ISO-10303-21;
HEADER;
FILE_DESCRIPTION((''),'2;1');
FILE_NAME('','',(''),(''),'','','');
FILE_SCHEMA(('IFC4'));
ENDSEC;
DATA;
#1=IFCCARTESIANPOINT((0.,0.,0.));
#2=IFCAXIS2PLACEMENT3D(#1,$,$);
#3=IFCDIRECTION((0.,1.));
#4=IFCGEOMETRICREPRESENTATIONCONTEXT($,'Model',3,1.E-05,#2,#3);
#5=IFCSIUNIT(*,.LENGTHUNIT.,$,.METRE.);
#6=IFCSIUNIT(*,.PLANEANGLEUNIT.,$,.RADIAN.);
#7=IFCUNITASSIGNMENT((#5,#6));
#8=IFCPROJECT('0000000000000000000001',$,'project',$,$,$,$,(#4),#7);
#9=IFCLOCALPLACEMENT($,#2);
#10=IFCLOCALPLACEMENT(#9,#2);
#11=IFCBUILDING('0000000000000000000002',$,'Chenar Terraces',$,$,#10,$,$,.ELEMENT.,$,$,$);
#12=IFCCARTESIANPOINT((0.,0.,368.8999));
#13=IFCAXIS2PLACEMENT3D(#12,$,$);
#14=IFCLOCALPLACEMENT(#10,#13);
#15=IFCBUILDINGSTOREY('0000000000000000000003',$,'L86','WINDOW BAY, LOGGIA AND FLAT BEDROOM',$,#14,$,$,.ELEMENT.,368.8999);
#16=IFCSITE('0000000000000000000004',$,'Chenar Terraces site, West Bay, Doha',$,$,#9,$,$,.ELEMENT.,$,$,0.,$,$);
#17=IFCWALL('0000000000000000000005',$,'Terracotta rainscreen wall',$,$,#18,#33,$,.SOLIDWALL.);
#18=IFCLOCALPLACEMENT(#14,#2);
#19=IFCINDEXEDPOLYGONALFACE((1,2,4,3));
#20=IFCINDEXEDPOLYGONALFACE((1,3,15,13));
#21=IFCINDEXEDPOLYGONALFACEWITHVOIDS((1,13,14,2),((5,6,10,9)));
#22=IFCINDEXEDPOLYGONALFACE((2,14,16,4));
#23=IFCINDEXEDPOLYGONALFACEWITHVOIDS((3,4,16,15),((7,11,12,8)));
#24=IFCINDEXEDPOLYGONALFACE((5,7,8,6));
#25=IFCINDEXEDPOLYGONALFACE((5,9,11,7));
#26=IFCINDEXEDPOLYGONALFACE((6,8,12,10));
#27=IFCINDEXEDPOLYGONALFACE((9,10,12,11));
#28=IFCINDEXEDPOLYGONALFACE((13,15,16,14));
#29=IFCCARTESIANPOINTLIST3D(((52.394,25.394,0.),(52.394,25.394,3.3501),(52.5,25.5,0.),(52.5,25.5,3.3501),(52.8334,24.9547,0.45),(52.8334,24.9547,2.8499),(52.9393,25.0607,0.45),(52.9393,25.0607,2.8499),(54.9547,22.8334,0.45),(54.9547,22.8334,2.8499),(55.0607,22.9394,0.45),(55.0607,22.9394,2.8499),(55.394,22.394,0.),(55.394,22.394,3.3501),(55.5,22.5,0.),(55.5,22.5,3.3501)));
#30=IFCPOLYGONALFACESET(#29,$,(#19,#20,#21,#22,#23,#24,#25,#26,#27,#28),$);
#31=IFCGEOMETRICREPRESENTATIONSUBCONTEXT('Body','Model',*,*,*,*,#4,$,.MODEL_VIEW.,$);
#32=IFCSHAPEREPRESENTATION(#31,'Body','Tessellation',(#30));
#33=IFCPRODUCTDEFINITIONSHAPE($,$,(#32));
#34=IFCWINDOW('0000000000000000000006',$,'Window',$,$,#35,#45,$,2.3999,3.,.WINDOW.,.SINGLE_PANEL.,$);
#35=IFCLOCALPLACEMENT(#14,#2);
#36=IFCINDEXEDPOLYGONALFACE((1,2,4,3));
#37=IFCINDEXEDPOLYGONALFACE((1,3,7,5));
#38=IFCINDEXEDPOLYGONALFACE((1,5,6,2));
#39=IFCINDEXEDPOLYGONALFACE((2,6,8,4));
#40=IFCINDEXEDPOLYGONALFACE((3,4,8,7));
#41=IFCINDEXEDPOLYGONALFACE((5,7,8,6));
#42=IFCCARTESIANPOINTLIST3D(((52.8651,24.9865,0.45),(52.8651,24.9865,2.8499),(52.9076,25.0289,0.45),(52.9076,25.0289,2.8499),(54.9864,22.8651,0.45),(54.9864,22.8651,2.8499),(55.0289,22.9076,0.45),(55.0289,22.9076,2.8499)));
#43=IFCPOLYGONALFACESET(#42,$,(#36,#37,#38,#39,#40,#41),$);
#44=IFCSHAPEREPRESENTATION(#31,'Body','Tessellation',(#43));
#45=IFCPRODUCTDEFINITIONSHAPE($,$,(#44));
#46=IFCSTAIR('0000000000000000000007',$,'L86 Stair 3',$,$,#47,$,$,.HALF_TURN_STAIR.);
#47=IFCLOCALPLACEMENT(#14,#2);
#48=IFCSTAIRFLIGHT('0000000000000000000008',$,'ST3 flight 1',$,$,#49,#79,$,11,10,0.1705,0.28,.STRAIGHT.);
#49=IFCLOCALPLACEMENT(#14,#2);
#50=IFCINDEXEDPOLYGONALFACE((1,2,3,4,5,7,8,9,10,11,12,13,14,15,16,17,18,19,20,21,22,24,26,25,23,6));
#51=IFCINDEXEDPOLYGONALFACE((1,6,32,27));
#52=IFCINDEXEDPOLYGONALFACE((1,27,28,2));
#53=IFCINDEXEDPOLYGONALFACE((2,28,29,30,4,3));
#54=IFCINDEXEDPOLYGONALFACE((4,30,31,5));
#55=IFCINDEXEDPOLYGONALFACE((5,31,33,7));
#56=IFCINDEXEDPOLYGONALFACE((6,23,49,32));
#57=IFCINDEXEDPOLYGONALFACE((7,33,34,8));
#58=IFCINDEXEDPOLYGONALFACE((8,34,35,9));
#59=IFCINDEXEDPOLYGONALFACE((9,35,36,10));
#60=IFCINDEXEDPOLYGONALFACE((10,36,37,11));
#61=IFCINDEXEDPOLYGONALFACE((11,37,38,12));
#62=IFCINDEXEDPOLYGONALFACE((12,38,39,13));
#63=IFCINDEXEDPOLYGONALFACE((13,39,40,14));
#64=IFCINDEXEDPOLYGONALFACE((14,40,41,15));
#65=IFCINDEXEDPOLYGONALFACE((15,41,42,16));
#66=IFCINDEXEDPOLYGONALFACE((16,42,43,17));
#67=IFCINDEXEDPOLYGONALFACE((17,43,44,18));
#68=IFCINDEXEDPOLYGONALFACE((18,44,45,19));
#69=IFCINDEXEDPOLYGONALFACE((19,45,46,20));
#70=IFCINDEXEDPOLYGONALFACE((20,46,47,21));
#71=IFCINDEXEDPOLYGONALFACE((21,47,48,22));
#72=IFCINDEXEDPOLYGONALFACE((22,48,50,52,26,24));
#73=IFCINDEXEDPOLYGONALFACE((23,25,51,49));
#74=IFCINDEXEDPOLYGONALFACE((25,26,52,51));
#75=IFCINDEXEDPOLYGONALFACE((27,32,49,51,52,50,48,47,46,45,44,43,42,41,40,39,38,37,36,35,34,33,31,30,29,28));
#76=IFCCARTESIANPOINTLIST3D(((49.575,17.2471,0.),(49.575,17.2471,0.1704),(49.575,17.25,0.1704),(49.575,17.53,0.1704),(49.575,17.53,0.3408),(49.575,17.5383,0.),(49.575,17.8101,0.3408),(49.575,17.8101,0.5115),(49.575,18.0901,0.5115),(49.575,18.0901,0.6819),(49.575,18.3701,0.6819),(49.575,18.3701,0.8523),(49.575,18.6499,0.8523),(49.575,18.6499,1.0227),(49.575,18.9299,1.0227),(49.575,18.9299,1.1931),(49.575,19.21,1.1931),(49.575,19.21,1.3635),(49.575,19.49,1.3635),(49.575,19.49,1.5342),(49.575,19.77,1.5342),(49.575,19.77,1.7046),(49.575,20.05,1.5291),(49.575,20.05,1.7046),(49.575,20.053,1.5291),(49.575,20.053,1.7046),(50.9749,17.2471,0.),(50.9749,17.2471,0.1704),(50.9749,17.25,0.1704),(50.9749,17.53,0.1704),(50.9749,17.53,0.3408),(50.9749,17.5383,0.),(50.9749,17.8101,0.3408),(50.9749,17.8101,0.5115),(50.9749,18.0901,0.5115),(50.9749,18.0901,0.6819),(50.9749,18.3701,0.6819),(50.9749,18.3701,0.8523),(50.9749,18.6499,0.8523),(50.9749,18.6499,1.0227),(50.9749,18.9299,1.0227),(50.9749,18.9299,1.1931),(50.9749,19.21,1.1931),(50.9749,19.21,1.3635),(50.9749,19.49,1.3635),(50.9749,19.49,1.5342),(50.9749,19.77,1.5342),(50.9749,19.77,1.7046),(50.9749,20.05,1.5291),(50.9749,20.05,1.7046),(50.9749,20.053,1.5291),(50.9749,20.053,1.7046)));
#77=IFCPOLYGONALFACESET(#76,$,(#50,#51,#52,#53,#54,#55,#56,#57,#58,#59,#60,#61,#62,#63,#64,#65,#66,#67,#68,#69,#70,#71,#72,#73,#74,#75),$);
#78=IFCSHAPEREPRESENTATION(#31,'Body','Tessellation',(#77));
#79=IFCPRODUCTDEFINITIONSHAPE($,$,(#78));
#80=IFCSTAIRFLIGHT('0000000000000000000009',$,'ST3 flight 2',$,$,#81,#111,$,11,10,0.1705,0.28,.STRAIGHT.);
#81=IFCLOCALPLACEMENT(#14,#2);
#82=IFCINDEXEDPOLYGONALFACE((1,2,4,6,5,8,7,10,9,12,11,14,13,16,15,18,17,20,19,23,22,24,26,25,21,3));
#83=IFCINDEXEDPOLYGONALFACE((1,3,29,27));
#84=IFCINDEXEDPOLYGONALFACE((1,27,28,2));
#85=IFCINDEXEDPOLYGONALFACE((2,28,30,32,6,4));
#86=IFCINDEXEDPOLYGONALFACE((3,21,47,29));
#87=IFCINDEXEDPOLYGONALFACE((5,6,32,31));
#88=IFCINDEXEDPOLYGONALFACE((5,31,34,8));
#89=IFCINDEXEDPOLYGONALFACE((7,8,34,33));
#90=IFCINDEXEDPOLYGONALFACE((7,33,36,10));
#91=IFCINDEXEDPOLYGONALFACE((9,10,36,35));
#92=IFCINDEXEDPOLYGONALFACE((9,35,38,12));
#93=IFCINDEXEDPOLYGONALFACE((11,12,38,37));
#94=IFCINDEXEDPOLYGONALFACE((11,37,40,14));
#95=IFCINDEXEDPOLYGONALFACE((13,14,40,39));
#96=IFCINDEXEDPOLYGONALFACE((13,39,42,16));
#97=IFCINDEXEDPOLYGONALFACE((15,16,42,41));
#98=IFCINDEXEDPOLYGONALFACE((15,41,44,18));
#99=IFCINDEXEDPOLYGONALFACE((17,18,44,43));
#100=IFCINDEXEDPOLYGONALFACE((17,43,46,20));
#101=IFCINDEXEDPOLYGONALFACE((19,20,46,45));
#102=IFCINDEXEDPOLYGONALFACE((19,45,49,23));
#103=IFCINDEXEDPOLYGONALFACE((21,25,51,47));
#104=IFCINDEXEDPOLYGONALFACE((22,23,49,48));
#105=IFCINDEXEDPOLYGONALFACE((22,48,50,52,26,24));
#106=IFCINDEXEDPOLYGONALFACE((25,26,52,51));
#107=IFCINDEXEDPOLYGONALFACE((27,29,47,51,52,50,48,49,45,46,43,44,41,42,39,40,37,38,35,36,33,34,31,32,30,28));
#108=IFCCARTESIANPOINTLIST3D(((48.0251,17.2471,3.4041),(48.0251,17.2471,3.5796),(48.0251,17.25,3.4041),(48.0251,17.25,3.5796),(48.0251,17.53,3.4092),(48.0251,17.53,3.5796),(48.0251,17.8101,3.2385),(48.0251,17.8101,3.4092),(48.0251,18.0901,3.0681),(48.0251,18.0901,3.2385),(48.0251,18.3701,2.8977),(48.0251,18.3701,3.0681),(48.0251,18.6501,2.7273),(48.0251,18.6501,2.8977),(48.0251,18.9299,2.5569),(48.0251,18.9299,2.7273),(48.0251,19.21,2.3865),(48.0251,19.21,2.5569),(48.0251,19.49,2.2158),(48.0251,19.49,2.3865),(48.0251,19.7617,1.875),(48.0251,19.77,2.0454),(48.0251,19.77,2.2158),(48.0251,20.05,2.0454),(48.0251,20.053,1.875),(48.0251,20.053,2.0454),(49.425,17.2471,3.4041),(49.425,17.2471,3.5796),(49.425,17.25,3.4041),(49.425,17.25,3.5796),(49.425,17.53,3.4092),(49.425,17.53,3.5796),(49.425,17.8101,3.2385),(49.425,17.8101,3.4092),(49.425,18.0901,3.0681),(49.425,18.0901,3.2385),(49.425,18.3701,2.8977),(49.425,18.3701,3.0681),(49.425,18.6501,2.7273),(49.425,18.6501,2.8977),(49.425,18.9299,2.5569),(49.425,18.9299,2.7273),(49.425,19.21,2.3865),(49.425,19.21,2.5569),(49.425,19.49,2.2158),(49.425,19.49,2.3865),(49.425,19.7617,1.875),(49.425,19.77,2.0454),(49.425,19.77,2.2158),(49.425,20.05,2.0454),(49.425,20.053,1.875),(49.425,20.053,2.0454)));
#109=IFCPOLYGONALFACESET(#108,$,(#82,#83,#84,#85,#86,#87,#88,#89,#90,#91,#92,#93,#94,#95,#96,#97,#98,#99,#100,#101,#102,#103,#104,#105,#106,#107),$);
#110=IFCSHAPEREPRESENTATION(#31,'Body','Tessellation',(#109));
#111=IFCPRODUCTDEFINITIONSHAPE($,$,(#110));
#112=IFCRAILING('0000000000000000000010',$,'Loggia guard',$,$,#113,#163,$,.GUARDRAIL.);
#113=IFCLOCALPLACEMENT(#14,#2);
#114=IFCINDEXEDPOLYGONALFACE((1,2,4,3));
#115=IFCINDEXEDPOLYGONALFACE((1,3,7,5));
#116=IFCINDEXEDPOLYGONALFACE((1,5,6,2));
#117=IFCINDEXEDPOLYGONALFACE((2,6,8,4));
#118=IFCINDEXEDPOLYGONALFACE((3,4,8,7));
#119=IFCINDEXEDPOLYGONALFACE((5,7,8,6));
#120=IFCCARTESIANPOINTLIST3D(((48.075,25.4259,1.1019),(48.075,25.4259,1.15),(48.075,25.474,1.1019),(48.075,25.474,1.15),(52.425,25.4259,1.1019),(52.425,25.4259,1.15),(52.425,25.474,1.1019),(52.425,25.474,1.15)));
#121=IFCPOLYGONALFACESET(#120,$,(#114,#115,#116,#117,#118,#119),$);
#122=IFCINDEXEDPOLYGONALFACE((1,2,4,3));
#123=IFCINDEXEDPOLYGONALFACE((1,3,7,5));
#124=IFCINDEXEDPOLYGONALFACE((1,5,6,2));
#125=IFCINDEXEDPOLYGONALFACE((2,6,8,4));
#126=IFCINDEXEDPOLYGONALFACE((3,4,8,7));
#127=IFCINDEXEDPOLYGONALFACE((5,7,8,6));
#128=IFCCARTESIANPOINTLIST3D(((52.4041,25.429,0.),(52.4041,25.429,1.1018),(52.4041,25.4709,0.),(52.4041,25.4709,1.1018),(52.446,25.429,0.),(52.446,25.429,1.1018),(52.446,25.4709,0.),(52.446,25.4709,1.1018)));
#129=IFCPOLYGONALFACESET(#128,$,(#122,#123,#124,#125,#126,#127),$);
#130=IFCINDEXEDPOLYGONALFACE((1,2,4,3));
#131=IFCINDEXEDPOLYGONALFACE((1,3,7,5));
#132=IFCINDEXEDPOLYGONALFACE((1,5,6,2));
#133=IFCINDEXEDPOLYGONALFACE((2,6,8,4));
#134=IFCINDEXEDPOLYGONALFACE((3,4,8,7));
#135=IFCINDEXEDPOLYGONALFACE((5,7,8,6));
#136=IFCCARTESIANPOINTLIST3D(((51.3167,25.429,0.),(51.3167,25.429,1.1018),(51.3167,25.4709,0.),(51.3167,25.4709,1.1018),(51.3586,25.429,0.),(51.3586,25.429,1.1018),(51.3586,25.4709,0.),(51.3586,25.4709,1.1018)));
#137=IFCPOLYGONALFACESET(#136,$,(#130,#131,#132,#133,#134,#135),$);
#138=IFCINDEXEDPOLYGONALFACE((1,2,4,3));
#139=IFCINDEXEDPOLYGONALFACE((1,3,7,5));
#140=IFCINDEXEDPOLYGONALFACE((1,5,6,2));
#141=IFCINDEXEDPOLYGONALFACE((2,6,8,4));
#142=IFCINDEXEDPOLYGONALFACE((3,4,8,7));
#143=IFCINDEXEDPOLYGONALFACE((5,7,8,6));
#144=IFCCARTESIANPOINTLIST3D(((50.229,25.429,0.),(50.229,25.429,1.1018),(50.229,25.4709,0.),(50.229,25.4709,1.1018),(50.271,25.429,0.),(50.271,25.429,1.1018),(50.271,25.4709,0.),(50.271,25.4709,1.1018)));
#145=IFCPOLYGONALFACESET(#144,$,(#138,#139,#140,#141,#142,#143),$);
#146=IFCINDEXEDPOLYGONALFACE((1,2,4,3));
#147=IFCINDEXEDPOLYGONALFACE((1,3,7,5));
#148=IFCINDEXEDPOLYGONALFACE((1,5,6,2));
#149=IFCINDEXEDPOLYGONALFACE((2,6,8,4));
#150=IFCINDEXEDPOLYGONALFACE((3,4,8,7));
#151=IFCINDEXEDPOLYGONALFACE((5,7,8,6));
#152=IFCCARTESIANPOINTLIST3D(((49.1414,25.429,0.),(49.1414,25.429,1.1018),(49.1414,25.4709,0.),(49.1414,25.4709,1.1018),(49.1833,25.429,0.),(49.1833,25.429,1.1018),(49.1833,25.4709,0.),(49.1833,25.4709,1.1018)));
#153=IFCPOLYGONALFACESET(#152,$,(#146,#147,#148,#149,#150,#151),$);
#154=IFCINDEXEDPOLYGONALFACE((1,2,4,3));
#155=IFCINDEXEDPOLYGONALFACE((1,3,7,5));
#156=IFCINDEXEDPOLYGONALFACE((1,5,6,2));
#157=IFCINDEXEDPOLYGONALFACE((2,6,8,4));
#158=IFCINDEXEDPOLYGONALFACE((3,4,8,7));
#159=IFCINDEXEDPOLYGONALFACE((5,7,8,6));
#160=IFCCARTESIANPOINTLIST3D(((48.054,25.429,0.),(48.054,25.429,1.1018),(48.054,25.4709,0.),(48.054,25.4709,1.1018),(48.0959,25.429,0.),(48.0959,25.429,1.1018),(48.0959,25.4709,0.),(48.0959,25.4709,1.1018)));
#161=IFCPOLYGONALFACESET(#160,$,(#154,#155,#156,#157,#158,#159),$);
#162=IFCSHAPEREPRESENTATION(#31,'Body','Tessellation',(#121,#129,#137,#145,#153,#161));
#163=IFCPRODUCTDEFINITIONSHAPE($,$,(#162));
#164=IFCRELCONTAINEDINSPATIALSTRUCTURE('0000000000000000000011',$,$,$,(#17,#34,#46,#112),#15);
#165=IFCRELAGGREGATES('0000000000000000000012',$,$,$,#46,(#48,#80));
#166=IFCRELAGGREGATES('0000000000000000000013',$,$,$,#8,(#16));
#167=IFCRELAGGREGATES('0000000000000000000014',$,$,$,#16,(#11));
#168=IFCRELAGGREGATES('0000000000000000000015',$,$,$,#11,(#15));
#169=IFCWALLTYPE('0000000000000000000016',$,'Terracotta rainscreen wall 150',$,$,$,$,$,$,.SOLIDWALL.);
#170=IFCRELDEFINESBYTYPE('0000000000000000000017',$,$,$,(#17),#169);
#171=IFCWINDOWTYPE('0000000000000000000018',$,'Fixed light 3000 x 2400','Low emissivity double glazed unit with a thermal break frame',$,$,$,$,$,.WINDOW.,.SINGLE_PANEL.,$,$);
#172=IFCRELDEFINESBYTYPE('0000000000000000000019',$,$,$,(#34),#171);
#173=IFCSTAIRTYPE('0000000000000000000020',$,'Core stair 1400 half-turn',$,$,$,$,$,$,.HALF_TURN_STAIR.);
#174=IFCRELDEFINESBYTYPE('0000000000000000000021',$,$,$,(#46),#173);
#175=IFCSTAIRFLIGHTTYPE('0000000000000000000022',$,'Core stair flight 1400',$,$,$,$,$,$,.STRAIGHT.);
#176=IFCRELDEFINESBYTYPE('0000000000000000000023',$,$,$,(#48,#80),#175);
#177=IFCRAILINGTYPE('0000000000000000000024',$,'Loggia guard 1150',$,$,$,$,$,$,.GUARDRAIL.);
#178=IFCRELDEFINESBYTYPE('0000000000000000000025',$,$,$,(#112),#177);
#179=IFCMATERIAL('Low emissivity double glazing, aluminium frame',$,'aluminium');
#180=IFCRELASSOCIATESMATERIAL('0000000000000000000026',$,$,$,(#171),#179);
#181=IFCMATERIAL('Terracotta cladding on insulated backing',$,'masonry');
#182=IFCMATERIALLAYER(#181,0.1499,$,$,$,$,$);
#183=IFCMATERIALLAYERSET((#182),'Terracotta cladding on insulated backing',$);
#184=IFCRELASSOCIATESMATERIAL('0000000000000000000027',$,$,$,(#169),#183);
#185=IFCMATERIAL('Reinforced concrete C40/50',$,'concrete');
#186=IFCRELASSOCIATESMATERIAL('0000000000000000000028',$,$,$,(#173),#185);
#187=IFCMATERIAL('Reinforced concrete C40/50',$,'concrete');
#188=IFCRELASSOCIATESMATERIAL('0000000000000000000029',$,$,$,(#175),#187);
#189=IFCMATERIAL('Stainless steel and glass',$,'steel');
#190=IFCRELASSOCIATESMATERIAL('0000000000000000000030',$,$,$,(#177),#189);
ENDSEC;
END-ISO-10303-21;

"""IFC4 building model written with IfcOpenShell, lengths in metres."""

from ifc_helpers import new_model, si_unit, direction, frame, frame_2d, origin, origin_2d, place, context, subcontext, project, spatial, polyline, rectangle, outline, extrude, material, layer, layer_set, type_object, element, fill, aggregate, save


model = new_model("IFC4")

# Units and contexts
model_context = context("Model", 3, precision=1e-05, world=origin(), true_north=direction((0.0, 1.0)))
body_context = subcontext(model_context, "Body", "Model", "MODEL_VIEW")
ifc_project = project(units=[si_unit("LENGTHUNIT", "METRE"), si_unit("PLANEANGLEUNIT", "RADIAN")], contexts=[model_context])

# Site, building, storey
site_placement = place(None, origin())
site = spatial("IfcSite", under=ifc_project, at=site_placement, Name="Chenar Terraces site, West Bay, Doha", CompositionType="ELEMENT", RefElevation=0.0)
building_placement = place(site_placement, origin())
building = spatial("IfcBuilding", under=site, at=building_placement, Name="Chenar Terraces", CompositionType="ELEMENT")
storey_placement = place(building_placement, frame((0.0, 0.0, 368.8999)))
storey = spatial("IfcBuildingStorey", under=building, at=storey_placement, Name="L86", Description="WINDOW BAY, LOGGIA AND FLAT BEDROOM", CompositionType="ELEMENT", Elevation=368.8999)

# Shared definitions
ifc_material_1 = material(Name="Low emissivity double glazing, aluminium frame", Category="aluminium")
window_type_1 = type_object("IfcWindowType", Name="Fixed light 3000 x 2400", Description="Low emissivity double glazed unit with a thermal break frame", PartitioningType="SINGLE_PANEL", PredefinedType="WINDOW", material=ifc_material_1)

# Wall, opening, window
ifc_material_2 = material(Name="Terracotta cladding on insulated backing", Category="masonry")
ifc_layer_1 = layer(ifc_material_2, 0.1499)
ifc_layer_set_1 = layer_set([ifc_layer_1], Name="Terracotta cladding on insulated backing")
wall_type_1 = type_object("IfcWallType", Name="Terracotta rainscreen wall 150", PredefinedType="SOLIDWALL", material=ifc_layer_set_1)
wall_1_placement = place(storey_placement, frame((55.447, 22.447, 0.0), z_axis=(0.0, 0.0, 1.0), x_axis=(-0.707107, 0.707107, 0.0)))
wall_1 = element("IfcWall", 1, at=wall_1_placement, inside=storey, type_object=wall_type_1, Name="Terracotta rainscreen wall", PredefinedType="SOLIDWALL", context=body_context, shape_type="SweptSolid", body=[
    extrude(rectangle(XDim=4.2427, YDim=0.1499, at=frame_2d((2.1213, 0.0))), origin(), (0.0, 0.0, 1.0), 3.3501),
])
opening_1_placement = place(wall_1_placement, frame((0.6213, 0.0, 0.45)))
opening_1 = element("IfcOpeningElement", 2, at=opening_1_placement, cuts=wall_1, PredefinedType="OPENING", context=body_context, shape_type="SweptSolid", body=[
    extrude(rectangle(XDim=3.0, YDim=2.3999, at=frame_2d((1.5, 1.2))), frame((0.0, 0.085, 0.0), z_axis=(0.0, -1.0, 0.0), x_axis=(1.0, 0.0, 0.0)), (0.0, 0.0, 1.0), 0.1699),
])
window_1_placement = place(opening_1_placement, origin())
window_1 = element("IfcWindow", 3, at=window_1_placement, inside=storey, type_object=window_type_1, Name="Window", OverallHeight=2.3999, OverallWidth=3.0, PartitioningType="SINGLE_PANEL", PredefinedType="WINDOW", context=body_context, shape_type="SweptSolid", body=[
    extrude(rectangle(XDim=3.0, YDim=2.3999, at=frame_2d((1.5, 1.2))), frame((0.0, 0.03, 0.0), z_axis=(0.0, -1.0, 0.0), x_axis=(1.0, 0.0, 0.0)), (0.0, 0.0, 1.0), 0.0601),
])
fill(opening_1, window_1)

# Stair, stair flights
ifc_material_3 = material(Name="Reinforced concrete C40/50", Category="concrete")
stair_type = type_object("IfcStairType", Name="Core stair 1400 half-turn", PredefinedType="HALF_TURN_STAIR", material=ifc_material_3)
stair_placement = place(storey_placement, origin())
stair = element("IfcStair", 4, at=stair_placement, inside=storey, type_object=stair_type, Name="L86 Stair 3", PredefinedType="HALF_TURN_STAIR")
ifc_material_4 = material(Name="Reinforced concrete C40/50", Category="concrete")
stair_flight_type = type_object("IfcStairFlightType", Name="Core stair flight 1400", PredefinedType="STRAIGHT", material=ifc_material_4)
stair_flight_1_placement = place(storey_placement, frame((50.2749, 17.25, 0.0), z_axis=(0.0, 0.0, 1.0), x_axis=(0.0, 1.0, 0.0)))
stair_flight_1 = element("IfcStairFlight", 5, at=stair_flight_1_placement, type_object=stair_flight_type, Name="ST3 flight 1", NumberOfRisers=11, NumberOfTreads=10, PredefinedType="STRAIGHT", RiserHeight=0.1705, TreadLength=0.28, context=body_context, shape_type="SweptSolid", body=[
    extrude(outline(polyline([(-0.0029, 0.0), (-0.0029, 0.1704), (0.0, 0.1704), (0.28, 0.1704), (0.28, 0.3408), (0.5601, 0.3408), (0.5601, 0.5115), (0.8401, 0.5115), (0.8401, 0.6819), (1.1201, 0.6819), (1.1201, 0.8523), (1.3999, 0.8523), (1.3999, 1.0227), (1.6799, 1.0227), (1.6799, 1.1931), (1.96, 1.1931), (1.96, 1.3635), (2.24, 1.3635), (2.24, 1.5342), (2.52, 1.5342), (2.52, 1.7046), (2.8, 1.7046), (2.803, 1.7046), (2.803, 1.5291), (2.8, 1.5291), (0.2883, 0.0), (-0.0029, 0.0)])), frame((0.0, 0.7, 0.0), z_axis=(0.0, -1.0, 0.0), x_axis=(1.0, 0.0, 0.0)), (0.0, 0.0, 1.0), 1.3999),
])
stair_flight_2_placement = place(storey_placement, frame((48.7251, 20.05, 1.875), z_axis=(0.0, 0.0, 1.0), x_axis=(0.0, -1.0, 0.0)))
stair_flight_2 = element("IfcStairFlight", 6, at=stair_flight_2_placement, type_object=stair_flight_type, Name="ST3 flight 2", NumberOfRisers=11, NumberOfTreads=10, PredefinedType="STRAIGHT", RiserHeight=0.1705, TreadLength=0.28, context=body_context, shape_type="SweptSolid", body=[
    extrude(outline(polyline([(-0.0029, 0.0), (-0.0029, 0.1704), (0.0, 0.1704), (0.28, 0.1704), (0.28, 0.3408), (0.5601, 0.3408), (0.5601, 0.5115), (0.8401, 0.5115), (0.8401, 0.6819), (1.1201, 0.6819), (1.1201, 0.8523), (1.3999, 0.8523), (1.3999, 1.0227), (1.6799, 1.0227), (1.6799, 1.1931), (1.96, 1.1931), (1.96, 1.3635), (2.24, 1.3635), (2.24, 1.5342), (2.52, 1.5342), (2.52, 1.7046), (2.8, 1.7046), (2.803, 1.7046), (2.803, 1.5291), (2.8, 1.5291), (0.2883, 0.0), (-0.0029, 0.0)])), frame((0.0, 0.7, 0.0), z_axis=(0.0, -1.0, 0.0), x_axis=(1.0, 0.0, 0.0)), (0.0, 0.0, 1.0), 1.3999),
])
aggregate(stair, [stair_flight_1, stair_flight_2])

# Railing
ifc_material_5 = material(Name="Stainless steel and glass", Category="steel")
railing_type_1 = type_object("IfcRailingType", Name="Loggia guard 1150", PredefinedType="GUARDRAIL", material=ifc_material_5)
railing_1_placement = place(storey_placement, frame((52.425, 25.45, 0.0)))
element("IfcRailing", 7, at=railing_1_placement, inside=storey, type_object=railing_type_1, Name="Loggia guard", PredefinedType="GUARDRAIL", context=body_context, shape_type="SweptSolid", body=[
    extrude(rectangle(XDim=0.0481, YDim=0.0481, at=origin_2d()), frame((0.0, 0.0, 1.126), z_axis=(-1.0, 0.0, 0.0), x_axis=(0.0, -1.0, 0.0)), (0.0, 0.0, 1.0), 4.3501),
    extrude(rectangle(XDim=0.042, YDim=0.042, at=origin_2d()), origin(), (0.0, 0.0, 1.0), 1.1018),
    extrude(rectangle(XDim=0.042, YDim=0.042, at=origin_2d()), frame((-1.0874, 0.0, 0.0)), (0.0, 0.0, 1.0), 1.1018),
    extrude(rectangle(XDim=0.042, YDim=0.042, at=origin_2d()), frame((-2.175, 0.0, 0.0)), (0.0, 0.0, 1.0), 1.1018),
    extrude(rectangle(XDim=0.042, YDim=0.042, at=origin_2d()), frame((-3.2627, 0.0, 0.0)), (0.0, 0.0, 1.0), 1.1018),
    extrude(rectangle(XDim=0.042, YDim=0.042, at=origin_2d()), frame((-4.3501, 0.0, 0.0)), (0.0, 0.0, 1.0), 1.1018),
])

save(model, "model.ifc")
